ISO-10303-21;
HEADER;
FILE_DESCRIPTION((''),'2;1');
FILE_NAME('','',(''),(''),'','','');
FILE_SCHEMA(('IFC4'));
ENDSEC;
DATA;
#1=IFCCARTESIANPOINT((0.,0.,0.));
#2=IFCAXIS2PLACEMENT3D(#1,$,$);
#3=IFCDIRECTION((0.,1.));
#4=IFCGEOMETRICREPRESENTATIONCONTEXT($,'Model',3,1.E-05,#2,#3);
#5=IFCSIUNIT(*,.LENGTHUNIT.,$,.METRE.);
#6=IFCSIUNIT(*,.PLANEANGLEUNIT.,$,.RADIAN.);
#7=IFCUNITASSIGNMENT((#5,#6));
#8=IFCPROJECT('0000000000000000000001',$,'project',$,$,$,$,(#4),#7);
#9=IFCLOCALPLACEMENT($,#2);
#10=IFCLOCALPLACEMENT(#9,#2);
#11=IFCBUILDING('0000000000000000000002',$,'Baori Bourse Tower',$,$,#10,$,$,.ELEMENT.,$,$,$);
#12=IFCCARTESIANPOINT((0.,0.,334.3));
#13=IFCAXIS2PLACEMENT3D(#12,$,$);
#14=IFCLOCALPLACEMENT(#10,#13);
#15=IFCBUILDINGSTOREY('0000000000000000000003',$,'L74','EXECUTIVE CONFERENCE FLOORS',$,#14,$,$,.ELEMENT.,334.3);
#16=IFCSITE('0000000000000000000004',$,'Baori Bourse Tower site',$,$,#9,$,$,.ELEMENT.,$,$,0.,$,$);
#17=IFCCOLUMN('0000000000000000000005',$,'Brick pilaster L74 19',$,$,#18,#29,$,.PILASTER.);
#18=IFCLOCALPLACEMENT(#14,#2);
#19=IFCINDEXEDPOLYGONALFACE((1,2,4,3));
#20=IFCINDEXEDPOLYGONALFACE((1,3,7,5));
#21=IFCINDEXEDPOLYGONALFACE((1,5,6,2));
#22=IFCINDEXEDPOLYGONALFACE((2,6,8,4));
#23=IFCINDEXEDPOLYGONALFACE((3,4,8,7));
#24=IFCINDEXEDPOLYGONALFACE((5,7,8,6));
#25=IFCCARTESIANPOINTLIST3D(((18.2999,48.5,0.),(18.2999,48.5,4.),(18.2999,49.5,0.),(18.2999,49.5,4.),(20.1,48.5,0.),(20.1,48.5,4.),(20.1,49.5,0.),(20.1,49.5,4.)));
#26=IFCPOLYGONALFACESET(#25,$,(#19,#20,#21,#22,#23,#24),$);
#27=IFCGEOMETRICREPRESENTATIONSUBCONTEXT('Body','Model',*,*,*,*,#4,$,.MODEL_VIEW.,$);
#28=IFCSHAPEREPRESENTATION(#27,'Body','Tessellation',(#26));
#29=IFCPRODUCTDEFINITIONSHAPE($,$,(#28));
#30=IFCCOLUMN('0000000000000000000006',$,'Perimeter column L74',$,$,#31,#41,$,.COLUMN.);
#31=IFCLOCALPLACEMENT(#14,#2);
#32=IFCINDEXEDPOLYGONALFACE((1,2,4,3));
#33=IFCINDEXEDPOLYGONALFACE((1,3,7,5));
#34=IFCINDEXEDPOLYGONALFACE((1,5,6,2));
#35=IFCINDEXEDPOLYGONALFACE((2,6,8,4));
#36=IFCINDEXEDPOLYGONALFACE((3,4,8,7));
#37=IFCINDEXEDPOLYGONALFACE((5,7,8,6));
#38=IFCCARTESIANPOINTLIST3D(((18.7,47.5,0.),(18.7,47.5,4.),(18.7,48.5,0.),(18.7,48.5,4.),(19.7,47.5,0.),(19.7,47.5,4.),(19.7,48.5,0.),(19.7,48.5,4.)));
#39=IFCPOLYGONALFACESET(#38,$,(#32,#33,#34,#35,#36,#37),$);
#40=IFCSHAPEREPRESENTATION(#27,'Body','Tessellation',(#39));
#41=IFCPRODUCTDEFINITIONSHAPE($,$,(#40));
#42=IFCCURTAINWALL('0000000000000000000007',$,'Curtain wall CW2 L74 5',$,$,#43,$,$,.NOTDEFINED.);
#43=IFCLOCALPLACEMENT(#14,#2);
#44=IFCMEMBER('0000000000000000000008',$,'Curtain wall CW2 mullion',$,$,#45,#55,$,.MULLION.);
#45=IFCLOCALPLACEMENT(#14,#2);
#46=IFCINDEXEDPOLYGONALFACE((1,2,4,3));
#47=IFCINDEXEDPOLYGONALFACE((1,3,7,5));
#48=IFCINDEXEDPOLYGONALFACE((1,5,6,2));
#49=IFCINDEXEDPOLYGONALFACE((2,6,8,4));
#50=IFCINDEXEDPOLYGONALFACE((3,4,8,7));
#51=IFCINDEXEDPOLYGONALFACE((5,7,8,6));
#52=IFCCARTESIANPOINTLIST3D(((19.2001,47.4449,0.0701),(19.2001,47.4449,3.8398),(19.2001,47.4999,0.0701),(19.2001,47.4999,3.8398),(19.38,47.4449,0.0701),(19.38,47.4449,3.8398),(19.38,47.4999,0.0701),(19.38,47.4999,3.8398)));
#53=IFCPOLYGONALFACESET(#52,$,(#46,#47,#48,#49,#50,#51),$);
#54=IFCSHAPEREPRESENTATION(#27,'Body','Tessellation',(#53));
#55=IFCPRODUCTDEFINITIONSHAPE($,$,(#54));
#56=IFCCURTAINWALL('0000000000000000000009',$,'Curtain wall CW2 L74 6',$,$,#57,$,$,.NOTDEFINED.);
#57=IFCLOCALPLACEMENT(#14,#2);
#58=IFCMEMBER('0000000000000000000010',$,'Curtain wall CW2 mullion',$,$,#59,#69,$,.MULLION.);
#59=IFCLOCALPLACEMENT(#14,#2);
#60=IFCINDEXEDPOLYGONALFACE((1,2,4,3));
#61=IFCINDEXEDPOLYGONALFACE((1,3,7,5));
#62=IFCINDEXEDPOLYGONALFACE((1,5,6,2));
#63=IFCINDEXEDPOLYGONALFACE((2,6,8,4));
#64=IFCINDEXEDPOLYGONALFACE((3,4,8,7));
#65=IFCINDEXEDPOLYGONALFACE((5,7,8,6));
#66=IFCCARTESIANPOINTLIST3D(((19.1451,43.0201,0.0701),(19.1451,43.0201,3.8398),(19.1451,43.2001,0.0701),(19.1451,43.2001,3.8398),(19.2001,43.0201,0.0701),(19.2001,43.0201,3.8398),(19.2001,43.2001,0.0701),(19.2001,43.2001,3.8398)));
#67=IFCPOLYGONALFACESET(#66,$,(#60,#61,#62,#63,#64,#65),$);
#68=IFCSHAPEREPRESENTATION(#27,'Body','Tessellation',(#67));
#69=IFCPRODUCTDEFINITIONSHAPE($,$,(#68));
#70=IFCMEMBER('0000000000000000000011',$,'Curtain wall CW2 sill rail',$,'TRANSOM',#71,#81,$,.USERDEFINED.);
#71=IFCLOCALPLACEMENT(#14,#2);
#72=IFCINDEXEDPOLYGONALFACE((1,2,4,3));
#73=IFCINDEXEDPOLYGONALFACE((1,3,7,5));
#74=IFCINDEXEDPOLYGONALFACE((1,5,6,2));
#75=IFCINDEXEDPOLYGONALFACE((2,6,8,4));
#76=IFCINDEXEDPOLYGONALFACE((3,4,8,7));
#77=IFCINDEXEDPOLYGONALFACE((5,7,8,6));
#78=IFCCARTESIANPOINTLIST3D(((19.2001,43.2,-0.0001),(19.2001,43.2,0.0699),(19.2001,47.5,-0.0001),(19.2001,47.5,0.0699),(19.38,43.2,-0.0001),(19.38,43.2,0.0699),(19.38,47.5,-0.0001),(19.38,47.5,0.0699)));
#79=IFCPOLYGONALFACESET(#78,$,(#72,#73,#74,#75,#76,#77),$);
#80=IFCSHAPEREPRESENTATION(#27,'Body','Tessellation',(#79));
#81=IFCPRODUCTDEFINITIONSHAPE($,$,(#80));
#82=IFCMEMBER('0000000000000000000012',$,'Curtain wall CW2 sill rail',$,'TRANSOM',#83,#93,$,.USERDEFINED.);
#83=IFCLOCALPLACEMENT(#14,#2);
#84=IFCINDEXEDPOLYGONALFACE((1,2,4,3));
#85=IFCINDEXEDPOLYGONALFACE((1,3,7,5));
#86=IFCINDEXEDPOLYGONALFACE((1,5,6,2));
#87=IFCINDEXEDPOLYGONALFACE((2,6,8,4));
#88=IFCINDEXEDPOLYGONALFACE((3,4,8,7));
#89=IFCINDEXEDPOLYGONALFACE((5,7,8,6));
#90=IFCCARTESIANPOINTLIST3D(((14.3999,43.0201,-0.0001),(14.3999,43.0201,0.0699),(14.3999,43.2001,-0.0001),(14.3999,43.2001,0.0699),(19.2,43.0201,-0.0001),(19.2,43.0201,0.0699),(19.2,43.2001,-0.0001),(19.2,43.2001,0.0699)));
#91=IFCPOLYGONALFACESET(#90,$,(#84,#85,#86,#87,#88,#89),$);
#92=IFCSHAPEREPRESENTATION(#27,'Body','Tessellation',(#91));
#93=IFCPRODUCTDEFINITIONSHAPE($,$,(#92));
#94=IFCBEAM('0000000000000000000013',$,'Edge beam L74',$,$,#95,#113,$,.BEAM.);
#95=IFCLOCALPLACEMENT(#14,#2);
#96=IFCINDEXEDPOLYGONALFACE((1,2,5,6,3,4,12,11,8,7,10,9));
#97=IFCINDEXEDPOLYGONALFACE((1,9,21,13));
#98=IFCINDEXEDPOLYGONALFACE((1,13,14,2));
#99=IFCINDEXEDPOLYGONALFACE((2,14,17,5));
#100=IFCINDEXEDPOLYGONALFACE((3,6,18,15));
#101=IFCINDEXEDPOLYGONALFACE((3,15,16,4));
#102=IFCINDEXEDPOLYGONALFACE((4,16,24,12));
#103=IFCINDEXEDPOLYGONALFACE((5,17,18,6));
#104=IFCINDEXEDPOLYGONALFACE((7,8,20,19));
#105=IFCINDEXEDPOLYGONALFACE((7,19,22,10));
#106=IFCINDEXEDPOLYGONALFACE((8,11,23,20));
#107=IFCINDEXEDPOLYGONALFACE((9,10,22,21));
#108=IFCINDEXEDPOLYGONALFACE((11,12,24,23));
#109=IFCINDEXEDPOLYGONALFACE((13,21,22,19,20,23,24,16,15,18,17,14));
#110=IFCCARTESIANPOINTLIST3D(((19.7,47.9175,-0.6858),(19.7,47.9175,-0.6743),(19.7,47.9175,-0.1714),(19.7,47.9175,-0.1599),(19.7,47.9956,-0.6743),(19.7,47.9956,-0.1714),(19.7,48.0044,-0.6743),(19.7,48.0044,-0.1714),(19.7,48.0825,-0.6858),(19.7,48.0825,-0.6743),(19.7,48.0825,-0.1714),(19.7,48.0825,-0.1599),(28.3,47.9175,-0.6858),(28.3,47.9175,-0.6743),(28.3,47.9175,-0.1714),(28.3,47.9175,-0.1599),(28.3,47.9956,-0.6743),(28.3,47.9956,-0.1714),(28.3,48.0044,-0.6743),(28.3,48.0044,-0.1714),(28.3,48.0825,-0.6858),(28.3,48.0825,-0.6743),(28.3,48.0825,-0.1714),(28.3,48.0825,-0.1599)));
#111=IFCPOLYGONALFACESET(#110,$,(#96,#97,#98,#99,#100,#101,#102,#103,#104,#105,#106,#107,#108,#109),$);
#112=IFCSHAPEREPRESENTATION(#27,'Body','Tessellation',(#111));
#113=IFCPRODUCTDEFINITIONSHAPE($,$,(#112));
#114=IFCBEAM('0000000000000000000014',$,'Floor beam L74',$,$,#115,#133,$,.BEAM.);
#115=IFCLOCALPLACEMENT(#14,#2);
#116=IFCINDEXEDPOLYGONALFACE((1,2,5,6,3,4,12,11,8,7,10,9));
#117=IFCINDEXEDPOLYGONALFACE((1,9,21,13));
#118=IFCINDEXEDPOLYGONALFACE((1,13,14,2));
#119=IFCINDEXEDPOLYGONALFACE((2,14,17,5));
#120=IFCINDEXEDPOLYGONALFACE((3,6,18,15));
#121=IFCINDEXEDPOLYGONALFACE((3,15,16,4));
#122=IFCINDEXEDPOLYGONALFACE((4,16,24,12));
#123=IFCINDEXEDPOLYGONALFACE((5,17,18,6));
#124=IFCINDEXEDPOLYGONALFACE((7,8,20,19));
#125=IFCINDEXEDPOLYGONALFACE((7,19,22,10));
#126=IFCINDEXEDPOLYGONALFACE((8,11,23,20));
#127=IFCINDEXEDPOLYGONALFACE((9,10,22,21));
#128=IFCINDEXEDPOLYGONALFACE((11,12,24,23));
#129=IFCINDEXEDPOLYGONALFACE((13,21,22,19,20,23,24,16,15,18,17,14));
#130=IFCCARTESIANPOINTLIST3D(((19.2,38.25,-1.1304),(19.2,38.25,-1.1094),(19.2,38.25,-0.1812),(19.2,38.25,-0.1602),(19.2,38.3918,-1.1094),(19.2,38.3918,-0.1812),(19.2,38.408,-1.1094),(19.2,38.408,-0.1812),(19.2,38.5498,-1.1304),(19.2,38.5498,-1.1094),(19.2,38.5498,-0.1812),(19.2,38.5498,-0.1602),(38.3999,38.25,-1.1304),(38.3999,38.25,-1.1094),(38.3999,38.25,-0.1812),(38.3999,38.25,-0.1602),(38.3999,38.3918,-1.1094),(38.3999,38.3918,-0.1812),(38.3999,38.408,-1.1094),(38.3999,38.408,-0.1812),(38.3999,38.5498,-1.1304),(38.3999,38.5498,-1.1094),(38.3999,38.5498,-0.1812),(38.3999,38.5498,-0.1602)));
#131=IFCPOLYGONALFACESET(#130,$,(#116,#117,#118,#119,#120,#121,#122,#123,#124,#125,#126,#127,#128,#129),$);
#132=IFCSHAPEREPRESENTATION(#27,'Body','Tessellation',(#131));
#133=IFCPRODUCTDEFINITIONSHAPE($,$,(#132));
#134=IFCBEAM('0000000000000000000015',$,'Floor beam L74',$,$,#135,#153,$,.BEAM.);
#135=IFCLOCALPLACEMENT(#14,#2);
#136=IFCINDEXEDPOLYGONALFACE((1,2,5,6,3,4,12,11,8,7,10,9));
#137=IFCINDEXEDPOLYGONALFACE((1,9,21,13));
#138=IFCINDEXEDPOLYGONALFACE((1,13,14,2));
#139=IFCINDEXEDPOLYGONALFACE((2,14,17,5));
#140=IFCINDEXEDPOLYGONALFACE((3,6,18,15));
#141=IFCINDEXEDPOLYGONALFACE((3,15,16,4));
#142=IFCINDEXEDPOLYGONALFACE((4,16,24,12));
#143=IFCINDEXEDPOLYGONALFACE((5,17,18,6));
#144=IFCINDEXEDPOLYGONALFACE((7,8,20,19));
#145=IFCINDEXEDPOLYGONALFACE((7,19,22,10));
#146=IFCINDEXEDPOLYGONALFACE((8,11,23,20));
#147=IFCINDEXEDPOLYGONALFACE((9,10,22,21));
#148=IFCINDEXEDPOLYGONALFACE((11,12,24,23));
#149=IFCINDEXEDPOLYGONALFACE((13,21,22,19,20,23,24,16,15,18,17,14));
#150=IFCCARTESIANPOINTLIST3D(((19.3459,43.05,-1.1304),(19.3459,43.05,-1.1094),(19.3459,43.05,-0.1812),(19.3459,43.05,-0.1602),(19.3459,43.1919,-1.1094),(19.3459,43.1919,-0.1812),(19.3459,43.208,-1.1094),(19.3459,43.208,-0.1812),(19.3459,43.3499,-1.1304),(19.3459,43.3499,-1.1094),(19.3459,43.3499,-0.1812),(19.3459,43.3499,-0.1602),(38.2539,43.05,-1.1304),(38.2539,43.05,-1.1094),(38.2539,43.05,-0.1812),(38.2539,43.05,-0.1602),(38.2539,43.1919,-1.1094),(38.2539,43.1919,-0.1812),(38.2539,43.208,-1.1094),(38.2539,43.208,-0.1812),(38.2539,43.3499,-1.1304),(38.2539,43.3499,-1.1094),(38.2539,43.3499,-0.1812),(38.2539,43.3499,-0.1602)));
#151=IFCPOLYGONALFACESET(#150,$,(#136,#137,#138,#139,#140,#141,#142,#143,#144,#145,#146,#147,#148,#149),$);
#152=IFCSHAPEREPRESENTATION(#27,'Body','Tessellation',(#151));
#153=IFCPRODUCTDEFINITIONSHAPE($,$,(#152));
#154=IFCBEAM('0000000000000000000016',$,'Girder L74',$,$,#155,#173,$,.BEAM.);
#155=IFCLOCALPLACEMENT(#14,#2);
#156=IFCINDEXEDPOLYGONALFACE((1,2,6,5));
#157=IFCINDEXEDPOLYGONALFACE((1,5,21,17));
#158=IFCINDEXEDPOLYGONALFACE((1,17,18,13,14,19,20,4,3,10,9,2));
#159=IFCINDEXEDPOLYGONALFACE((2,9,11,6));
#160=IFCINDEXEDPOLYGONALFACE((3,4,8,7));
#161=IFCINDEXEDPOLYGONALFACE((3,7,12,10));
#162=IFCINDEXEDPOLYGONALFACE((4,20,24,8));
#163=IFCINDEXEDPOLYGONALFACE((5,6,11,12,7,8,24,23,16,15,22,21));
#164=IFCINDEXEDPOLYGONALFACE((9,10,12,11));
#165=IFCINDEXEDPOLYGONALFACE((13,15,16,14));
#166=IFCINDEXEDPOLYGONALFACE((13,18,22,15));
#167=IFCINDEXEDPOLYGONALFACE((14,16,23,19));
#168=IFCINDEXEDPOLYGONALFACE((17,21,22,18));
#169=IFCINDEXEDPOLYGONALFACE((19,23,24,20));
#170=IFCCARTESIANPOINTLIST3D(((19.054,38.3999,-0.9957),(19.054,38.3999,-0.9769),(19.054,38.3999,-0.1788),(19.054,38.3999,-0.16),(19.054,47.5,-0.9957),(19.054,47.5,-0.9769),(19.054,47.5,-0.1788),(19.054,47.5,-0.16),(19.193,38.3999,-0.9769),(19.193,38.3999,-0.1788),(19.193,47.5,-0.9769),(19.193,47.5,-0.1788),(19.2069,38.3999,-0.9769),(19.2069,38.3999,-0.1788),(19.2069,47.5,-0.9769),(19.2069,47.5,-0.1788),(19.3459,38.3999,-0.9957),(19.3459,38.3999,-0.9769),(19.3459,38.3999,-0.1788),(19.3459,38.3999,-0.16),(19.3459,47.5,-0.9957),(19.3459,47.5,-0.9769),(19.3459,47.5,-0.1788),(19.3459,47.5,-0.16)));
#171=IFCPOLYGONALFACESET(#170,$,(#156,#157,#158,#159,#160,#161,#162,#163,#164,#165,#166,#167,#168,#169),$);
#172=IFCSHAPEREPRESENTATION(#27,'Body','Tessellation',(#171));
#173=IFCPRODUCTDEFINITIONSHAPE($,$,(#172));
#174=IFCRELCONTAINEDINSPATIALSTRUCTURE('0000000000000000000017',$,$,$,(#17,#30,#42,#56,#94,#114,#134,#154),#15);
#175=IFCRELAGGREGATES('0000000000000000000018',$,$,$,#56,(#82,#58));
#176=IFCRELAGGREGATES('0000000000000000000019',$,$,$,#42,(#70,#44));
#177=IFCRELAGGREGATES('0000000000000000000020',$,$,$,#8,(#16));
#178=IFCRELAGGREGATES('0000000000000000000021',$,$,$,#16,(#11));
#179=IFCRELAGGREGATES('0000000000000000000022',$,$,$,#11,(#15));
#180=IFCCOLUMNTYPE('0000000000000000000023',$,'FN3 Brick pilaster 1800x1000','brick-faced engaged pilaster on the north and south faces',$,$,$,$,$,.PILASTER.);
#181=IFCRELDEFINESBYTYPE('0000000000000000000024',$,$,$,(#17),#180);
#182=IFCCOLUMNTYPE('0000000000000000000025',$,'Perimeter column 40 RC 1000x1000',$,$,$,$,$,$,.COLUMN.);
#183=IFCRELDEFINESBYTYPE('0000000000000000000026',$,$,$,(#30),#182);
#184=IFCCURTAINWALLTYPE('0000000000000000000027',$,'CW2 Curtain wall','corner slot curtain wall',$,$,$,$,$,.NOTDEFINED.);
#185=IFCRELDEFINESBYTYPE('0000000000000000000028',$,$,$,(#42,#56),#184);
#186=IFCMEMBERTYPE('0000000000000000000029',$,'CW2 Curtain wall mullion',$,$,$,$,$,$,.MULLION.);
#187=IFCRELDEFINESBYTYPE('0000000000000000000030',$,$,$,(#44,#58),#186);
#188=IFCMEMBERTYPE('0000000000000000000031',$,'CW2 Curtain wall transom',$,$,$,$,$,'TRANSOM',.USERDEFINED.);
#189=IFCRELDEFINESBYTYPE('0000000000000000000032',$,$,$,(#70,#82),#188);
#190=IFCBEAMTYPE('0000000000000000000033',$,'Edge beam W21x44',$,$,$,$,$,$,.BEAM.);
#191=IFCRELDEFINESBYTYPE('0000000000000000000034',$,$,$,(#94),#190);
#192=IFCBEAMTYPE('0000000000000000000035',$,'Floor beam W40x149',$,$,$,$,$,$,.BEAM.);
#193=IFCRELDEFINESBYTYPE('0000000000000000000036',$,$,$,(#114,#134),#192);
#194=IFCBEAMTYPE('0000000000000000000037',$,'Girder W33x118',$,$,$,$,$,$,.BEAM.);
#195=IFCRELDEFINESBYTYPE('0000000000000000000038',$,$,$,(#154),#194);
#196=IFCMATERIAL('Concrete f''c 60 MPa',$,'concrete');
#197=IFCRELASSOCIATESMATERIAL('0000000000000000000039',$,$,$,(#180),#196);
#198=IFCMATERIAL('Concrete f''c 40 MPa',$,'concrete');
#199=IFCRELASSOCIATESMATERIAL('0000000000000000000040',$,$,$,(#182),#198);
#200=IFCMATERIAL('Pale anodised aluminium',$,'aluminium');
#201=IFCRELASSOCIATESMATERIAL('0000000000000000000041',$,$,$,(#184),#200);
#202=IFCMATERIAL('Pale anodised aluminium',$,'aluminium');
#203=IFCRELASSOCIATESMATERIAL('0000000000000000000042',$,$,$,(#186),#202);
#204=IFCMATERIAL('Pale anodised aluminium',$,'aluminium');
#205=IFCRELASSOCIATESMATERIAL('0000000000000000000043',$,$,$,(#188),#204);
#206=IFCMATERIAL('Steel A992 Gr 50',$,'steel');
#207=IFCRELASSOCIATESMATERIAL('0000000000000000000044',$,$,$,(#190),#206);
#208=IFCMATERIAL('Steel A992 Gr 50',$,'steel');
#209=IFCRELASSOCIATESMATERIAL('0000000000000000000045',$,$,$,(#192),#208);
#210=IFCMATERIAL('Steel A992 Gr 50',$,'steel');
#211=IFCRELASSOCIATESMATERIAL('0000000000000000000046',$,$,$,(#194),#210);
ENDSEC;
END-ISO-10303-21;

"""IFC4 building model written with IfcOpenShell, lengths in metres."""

from ifc_helpers import new_model, si_unit, direction, frame, origin, origin_2d, place, context, subcontext, project, spatial, rectangle, i_section, extrude, material, material_profile, profile_set, type_object, element, aggregate, save


model = new_model("IFC4")

# Units and contexts
model_context = context("Model", 3, precision=1e-05, world=origin(), true_north=direction((0.0, 1.0)))
body_context = subcontext(model_context, "Body", "Model", "MODEL_VIEW")
ifc_project = project(units=[si_unit("LENGTHUNIT", "METRE"), si_unit("PLANEANGLEUNIT", "RADIAN")], contexts=[model_context])

# Site, building, storey
site_placement = place(None, origin())
site = spatial("IfcSite", under=ifc_project, at=site_placement, Name="Baori Bourse Tower site", CompositionType="ELEMENT", RefElevation=0.0)
building_placement = place(site_placement, origin())
building = spatial("IfcBuilding", under=site, at=building_placement, Name="Baori Bourse Tower", CompositionType="ELEMENT")
storey_placement = place(building_placement, frame((0.0, 0.0, 334.3)))
storey = spatial("IfcBuildingStorey", under=building, at=storey_placement, Name="L74", Description="EXECUTIVE CONFERENCE FLOORS", CompositionType="ELEMENT", Elevation=334.3)

# Columns
ifc_material_1 = material(Name="Concrete f'c 60 MPa", Category="concrete")
ifc_material_profile_1 = material_profile(ifc_material_1, rectangle(XDim=1.8, YDim=1.0, at=origin_2d()), Name="RC 1800x1000")
ifc_profile_set_1 = profile_set([ifc_material_profile_1], Name="Concrete f'c 60 MPa")
column_type_1 = type_object("IfcColumnType", Name="FN3 Brick pilaster 1800x1000", Description="brick-faced engaged pilaster on the north and south faces", PredefinedType="PILASTER", material=ifc_profile_set_1)
column_1_placement = place(storey_placement, frame((19.2, 49.0, 0.0), z_axis=(0.0, 0.0, 1.0), x_axis=(1.0, 0.0, 0.0)))
element("IfcColumn", 1, at=column_1_placement, inside=storey, type_object=column_type_1, Name="Brick pilaster L74 19", PredefinedType="PILASTER", context=body_context, shape_type="SweptSolid", body=[
    extrude(rectangle(XDim=1.8, YDim=1.0, at=origin_2d()), origin(), (0.0, 0.0, 1.0), 4.0),
])
ifc_material_2 = material(Name="Concrete f'c 40 MPa", Category="concrete")
ifc_material_profile_2 = material_profile(ifc_material_2, rectangle(XDim=1.0, YDim=1.0, at=origin_2d()), Name="RC 1000x1000")
ifc_profile_set_2 = profile_set([ifc_material_profile_2], Name="Concrete f'c 40 MPa")
column_type_2 = type_object("IfcColumnType", Name="Perimeter column 40 RC 1000x1000", PredefinedType="COLUMN", material=ifc_profile_set_2)
column_2_placement = place(storey_placement, frame((19.2, 48.0, 0.0), z_axis=(0.0, 0.0, 1.0), x_axis=(1.0, 0.0, 0.0)))
element("IfcColumn", 2, at=column_2_placement, inside=storey, type_object=column_type_2, Name="Perimeter column L74", PredefinedType="COLUMN", context=body_context, shape_type="SweptSolid", body=[
    extrude(rectangle(XDim=1.0, YDim=1.0, at=origin_2d()), origin(), (0.0, 0.0, 1.0), 4.0),
])

# Curtain walls, members
ifc_material_3 = material(Name="Pale anodised aluminium", Category="aluminium")
curtain_wall_type_1 = type_object("IfcCurtainWallType", Name="CW2 Curtain wall", Description="corner slot curtain wall", PredefinedType="NOTDEFINED", material=ifc_material_3)
curtain_wall_1_placement = place(storey_placement, origin())
curtain_wall_1 = element("IfcCurtainWall", 3, at=curtain_wall_1_placement, inside=storey, type_object=curtain_wall_type_1, Name="Curtain wall CW2 L74 5", PredefinedType="NOTDEFINED")
ifc_material_4 = material(Name="Pale anodised aluminium", Category="aluminium")
ifc_material_profile_3 = material_profile(ifc_material_4, rectangle(XDim=0.1799, YDim=0.0549, at=origin_2d()), Name="Mullion 55x180")
ifc_profile_set_3 = profile_set([ifc_material_profile_3], Name="Pale anodised aluminium")
member_type_1 = type_object("IfcMemberType", Name="CW2 Curtain wall mullion", PredefinedType="MULLION", material=ifc_profile_set_3)
member_1_placement = place(storey_placement, frame((19.29, 47.4724, 0.0701), z_axis=(0.0, 0.0, 1.0), x_axis=(1.0, 0.0, 0.0)))
member_1 = element("IfcMember", 4, at=member_1_placement, type_object=member_type_1, Name="Curtain wall CW2 mullion", PredefinedType="MULLION", context=body_context, shape_type="SweptSolid", body=[
    extrude(rectangle(XDim=0.1799, YDim=0.0549, at=origin_2d()), origin(), (0.0, 0.0, 1.0), 3.7698),
])
curtain_wall_2_placement = place(storey_placement, origin())
curtain_wall_2 = element("IfcCurtainWall", 5, at=curtain_wall_2_placement, inside=storey, type_object=curtain_wall_type_1, Name="Curtain wall CW2 L74 6", PredefinedType="NOTDEFINED")
member_2_placement = place(storey_placement, frame((19.1726, 43.1101, 0.0701), z_axis=(0.0, 0.0, 1.0), x_axis=(0.0, -1.0, 0.0)))
member_2 = element("IfcMember", 6, at=member_2_placement, type_object=member_type_1, Name="Curtain wall CW2 mullion", PredefinedType="MULLION", context=body_context, shape_type="SweptSolid", body=[
    extrude(rectangle(XDim=0.1799, YDim=0.0549, at=origin_2d()), origin(), (0.0, 0.0, 1.0), 3.7698),
])

# Members
ifc_material_5 = material(Name="Pale anodised aluminium", Category="aluminium")
ifc_material_profile_4 = material_profile(ifc_material_5, rectangle(XDim=0.1799, YDim=0.0701, at=origin_2d()), Name="Transom 70x180")
ifc_profile_set_4 = profile_set([ifc_material_profile_4], Name="Pale anodised aluminium")
member_type_2 = type_object("IfcMemberType", Name="CW2 Curtain wall transom", ElementType="TRANSOM", PredefinedType="USERDEFINED", material=ifc_profile_set_4)
member_3_placement = place(storey_placement, frame((19.29, 47.5, 0.0349), z_axis=(0.0, -1.0, 0.0), x_axis=(1.0, 0.0, 0.0)))
member_3 = element("IfcMember", 7, at=member_3_placement, type_object=member_type_2, Name="Curtain wall CW2 sill rail", ObjectType="TRANSOM", PredefinedType="USERDEFINED", context=body_context, shape_type="SweptSolid", body=[
    extrude(rectangle(XDim=0.1799, YDim=0.0701, at=origin_2d()), origin(), (0.0, 0.0, 1.0), 4.3),
])
member_4_placement = place(storey_placement, frame((19.2, 43.1101, 0.0349), z_axis=(-1.0, 0.0, 0.0), x_axis=(0.0, -1.0, 0.0)))
member_4 = element("IfcMember", 8, at=member_4_placement, type_object=member_type_2, Name="Curtain wall CW2 sill rail", ObjectType="TRANSOM", PredefinedType="USERDEFINED", context=body_context, shape_type="SweptSolid", body=[
    extrude(rectangle(XDim=0.1799, YDim=0.0701, at=origin_2d()), origin(), (0.0, 0.0, 1.0), 4.8),
])
aggregate(curtain_wall_2, [member_4, member_2])

# Beams
ifc_material_6 = material(Name="Steel A992 Gr 50", Category="steel")
ifc_material_profile_5 = material_profile(ifc_material_6, i_section(OverallWidth=0.165, OverallDepth=0.5259, WebThickness=0.0088, FlangeThickness=0.0115, at=origin_2d()), Name="W21x44")
ifc_profile_set_5 = profile_set([ifc_material_profile_5], Name="Steel A992 Gr 50")
beam_type_1 = type_object("IfcBeamType", Name="Edge beam W21x44", PredefinedType="BEAM", material=ifc_profile_set_5)
beam_1_placement = place(storey_placement, frame((19.7, 48.0, -0.4229), z_axis=(1.0, 0.0, 0.0), x_axis=(0.0, 1.0, 0.0)))
element("IfcBeam", 9, at=beam_1_placement, inside=storey, type_object=beam_type_1, Name="Edge beam L74", PredefinedType="BEAM", context=body_context, shape_type="SweptSolid", body=[
    extrude(i_section(OverallWidth=0.165, OverallDepth=0.5259, WebThickness=0.0088, FlangeThickness=0.0115, at=origin_2d()), origin(), (0.0, 0.0, 1.0), 8.6001),
])
ifc_material_7 = material(Name="Steel A992 Gr 50", Category="steel")
ifc_material_profile_6 = material_profile(ifc_material_7, i_section(OverallWidth=0.2998, OverallDepth=0.9702, WebThickness=0.0161, FlangeThickness=0.021, at=origin_2d()), Name="W40x149")
ifc_profile_set_6 = profile_set([ifc_material_profile_6], Name="Steel A992 Gr 50")
beam_type_2 = type_object("IfcBeamType", Name="Floor beam W40x149", PredefinedType="BEAM", material=ifc_profile_set_6)
beam_2_placement = place(storey_placement, frame((19.2, 38.3999, -0.6453), z_axis=(1.0, 0.0, 0.0), x_axis=(0.0, 1.0, 0.0)))
element("IfcBeam", 10, at=beam_2_placement, inside=storey, type_object=beam_type_2, Name="Floor beam L74", PredefinedType="BEAM", context=body_context, shape_type="SweptSolid", body=[
    extrude(i_section(OverallWidth=0.2998, OverallDepth=0.9702, WebThickness=0.0161, FlangeThickness=0.021, at=origin_2d()), origin(), (0.0, 0.0, 1.0), 19.2),
])
beam_3_placement = place(storey_placement, frame((19.3459, 43.2, -0.6453), z_axis=(1.0, 0.0, 0.0), x_axis=(0.0, 1.0, 0.0)))
element("IfcBeam", 11, at=beam_3_placement, inside=storey, type_object=beam_type_2, Name="Floor beam L74", PredefinedType="BEAM", context=body_context, shape_type="SweptSolid", body=[
    extrude(i_section(OverallWidth=0.2998, OverallDepth=0.9702, WebThickness=0.0161, FlangeThickness=0.021, at=origin_2d()), origin(), (0.0, 0.0, 1.0), 18.908),
])
ifc_material_8 = material(Name="Steel A992 Gr 50", Category="steel")
ifc_material_profile_7 = material_profile(ifc_material_8, i_section(OverallWidth=0.292, OverallDepth=0.8357, WebThickness=0.0139, FlangeThickness=0.0188, at=origin_2d()), Name="W33x118")
ifc_profile_set_7 = profile_set([ifc_material_profile_7], Name="Steel A992 Gr 50")
beam_type_3 = type_object("IfcBeamType", Name="Girder W33x118", PredefinedType="BEAM", material=ifc_profile_set_7)
beam_4_placement = place(storey_placement, frame((19.2, 38.3999, -0.5779), z_axis=(0.0, 1.0, 0.0), x_axis=(-1.0, 0.0, 0.0)))
element("IfcBeam", 12, at=beam_4_placement, inside=storey, type_object=beam_type_3, Name="Girder L74", PredefinedType="BEAM", context=body_context, shape_type="SweptSolid", body=[
    extrude(i_section(OverallWidth=0.292, OverallDepth=0.8357, WebThickness=0.0139, FlangeThickness=0.0188, at=origin_2d()), origin(), (0.0, 0.0, 1.0), 9.1001),
])

aggregate(curtain_wall_1, [member_3, member_1])

save(model, "model.ifc")
